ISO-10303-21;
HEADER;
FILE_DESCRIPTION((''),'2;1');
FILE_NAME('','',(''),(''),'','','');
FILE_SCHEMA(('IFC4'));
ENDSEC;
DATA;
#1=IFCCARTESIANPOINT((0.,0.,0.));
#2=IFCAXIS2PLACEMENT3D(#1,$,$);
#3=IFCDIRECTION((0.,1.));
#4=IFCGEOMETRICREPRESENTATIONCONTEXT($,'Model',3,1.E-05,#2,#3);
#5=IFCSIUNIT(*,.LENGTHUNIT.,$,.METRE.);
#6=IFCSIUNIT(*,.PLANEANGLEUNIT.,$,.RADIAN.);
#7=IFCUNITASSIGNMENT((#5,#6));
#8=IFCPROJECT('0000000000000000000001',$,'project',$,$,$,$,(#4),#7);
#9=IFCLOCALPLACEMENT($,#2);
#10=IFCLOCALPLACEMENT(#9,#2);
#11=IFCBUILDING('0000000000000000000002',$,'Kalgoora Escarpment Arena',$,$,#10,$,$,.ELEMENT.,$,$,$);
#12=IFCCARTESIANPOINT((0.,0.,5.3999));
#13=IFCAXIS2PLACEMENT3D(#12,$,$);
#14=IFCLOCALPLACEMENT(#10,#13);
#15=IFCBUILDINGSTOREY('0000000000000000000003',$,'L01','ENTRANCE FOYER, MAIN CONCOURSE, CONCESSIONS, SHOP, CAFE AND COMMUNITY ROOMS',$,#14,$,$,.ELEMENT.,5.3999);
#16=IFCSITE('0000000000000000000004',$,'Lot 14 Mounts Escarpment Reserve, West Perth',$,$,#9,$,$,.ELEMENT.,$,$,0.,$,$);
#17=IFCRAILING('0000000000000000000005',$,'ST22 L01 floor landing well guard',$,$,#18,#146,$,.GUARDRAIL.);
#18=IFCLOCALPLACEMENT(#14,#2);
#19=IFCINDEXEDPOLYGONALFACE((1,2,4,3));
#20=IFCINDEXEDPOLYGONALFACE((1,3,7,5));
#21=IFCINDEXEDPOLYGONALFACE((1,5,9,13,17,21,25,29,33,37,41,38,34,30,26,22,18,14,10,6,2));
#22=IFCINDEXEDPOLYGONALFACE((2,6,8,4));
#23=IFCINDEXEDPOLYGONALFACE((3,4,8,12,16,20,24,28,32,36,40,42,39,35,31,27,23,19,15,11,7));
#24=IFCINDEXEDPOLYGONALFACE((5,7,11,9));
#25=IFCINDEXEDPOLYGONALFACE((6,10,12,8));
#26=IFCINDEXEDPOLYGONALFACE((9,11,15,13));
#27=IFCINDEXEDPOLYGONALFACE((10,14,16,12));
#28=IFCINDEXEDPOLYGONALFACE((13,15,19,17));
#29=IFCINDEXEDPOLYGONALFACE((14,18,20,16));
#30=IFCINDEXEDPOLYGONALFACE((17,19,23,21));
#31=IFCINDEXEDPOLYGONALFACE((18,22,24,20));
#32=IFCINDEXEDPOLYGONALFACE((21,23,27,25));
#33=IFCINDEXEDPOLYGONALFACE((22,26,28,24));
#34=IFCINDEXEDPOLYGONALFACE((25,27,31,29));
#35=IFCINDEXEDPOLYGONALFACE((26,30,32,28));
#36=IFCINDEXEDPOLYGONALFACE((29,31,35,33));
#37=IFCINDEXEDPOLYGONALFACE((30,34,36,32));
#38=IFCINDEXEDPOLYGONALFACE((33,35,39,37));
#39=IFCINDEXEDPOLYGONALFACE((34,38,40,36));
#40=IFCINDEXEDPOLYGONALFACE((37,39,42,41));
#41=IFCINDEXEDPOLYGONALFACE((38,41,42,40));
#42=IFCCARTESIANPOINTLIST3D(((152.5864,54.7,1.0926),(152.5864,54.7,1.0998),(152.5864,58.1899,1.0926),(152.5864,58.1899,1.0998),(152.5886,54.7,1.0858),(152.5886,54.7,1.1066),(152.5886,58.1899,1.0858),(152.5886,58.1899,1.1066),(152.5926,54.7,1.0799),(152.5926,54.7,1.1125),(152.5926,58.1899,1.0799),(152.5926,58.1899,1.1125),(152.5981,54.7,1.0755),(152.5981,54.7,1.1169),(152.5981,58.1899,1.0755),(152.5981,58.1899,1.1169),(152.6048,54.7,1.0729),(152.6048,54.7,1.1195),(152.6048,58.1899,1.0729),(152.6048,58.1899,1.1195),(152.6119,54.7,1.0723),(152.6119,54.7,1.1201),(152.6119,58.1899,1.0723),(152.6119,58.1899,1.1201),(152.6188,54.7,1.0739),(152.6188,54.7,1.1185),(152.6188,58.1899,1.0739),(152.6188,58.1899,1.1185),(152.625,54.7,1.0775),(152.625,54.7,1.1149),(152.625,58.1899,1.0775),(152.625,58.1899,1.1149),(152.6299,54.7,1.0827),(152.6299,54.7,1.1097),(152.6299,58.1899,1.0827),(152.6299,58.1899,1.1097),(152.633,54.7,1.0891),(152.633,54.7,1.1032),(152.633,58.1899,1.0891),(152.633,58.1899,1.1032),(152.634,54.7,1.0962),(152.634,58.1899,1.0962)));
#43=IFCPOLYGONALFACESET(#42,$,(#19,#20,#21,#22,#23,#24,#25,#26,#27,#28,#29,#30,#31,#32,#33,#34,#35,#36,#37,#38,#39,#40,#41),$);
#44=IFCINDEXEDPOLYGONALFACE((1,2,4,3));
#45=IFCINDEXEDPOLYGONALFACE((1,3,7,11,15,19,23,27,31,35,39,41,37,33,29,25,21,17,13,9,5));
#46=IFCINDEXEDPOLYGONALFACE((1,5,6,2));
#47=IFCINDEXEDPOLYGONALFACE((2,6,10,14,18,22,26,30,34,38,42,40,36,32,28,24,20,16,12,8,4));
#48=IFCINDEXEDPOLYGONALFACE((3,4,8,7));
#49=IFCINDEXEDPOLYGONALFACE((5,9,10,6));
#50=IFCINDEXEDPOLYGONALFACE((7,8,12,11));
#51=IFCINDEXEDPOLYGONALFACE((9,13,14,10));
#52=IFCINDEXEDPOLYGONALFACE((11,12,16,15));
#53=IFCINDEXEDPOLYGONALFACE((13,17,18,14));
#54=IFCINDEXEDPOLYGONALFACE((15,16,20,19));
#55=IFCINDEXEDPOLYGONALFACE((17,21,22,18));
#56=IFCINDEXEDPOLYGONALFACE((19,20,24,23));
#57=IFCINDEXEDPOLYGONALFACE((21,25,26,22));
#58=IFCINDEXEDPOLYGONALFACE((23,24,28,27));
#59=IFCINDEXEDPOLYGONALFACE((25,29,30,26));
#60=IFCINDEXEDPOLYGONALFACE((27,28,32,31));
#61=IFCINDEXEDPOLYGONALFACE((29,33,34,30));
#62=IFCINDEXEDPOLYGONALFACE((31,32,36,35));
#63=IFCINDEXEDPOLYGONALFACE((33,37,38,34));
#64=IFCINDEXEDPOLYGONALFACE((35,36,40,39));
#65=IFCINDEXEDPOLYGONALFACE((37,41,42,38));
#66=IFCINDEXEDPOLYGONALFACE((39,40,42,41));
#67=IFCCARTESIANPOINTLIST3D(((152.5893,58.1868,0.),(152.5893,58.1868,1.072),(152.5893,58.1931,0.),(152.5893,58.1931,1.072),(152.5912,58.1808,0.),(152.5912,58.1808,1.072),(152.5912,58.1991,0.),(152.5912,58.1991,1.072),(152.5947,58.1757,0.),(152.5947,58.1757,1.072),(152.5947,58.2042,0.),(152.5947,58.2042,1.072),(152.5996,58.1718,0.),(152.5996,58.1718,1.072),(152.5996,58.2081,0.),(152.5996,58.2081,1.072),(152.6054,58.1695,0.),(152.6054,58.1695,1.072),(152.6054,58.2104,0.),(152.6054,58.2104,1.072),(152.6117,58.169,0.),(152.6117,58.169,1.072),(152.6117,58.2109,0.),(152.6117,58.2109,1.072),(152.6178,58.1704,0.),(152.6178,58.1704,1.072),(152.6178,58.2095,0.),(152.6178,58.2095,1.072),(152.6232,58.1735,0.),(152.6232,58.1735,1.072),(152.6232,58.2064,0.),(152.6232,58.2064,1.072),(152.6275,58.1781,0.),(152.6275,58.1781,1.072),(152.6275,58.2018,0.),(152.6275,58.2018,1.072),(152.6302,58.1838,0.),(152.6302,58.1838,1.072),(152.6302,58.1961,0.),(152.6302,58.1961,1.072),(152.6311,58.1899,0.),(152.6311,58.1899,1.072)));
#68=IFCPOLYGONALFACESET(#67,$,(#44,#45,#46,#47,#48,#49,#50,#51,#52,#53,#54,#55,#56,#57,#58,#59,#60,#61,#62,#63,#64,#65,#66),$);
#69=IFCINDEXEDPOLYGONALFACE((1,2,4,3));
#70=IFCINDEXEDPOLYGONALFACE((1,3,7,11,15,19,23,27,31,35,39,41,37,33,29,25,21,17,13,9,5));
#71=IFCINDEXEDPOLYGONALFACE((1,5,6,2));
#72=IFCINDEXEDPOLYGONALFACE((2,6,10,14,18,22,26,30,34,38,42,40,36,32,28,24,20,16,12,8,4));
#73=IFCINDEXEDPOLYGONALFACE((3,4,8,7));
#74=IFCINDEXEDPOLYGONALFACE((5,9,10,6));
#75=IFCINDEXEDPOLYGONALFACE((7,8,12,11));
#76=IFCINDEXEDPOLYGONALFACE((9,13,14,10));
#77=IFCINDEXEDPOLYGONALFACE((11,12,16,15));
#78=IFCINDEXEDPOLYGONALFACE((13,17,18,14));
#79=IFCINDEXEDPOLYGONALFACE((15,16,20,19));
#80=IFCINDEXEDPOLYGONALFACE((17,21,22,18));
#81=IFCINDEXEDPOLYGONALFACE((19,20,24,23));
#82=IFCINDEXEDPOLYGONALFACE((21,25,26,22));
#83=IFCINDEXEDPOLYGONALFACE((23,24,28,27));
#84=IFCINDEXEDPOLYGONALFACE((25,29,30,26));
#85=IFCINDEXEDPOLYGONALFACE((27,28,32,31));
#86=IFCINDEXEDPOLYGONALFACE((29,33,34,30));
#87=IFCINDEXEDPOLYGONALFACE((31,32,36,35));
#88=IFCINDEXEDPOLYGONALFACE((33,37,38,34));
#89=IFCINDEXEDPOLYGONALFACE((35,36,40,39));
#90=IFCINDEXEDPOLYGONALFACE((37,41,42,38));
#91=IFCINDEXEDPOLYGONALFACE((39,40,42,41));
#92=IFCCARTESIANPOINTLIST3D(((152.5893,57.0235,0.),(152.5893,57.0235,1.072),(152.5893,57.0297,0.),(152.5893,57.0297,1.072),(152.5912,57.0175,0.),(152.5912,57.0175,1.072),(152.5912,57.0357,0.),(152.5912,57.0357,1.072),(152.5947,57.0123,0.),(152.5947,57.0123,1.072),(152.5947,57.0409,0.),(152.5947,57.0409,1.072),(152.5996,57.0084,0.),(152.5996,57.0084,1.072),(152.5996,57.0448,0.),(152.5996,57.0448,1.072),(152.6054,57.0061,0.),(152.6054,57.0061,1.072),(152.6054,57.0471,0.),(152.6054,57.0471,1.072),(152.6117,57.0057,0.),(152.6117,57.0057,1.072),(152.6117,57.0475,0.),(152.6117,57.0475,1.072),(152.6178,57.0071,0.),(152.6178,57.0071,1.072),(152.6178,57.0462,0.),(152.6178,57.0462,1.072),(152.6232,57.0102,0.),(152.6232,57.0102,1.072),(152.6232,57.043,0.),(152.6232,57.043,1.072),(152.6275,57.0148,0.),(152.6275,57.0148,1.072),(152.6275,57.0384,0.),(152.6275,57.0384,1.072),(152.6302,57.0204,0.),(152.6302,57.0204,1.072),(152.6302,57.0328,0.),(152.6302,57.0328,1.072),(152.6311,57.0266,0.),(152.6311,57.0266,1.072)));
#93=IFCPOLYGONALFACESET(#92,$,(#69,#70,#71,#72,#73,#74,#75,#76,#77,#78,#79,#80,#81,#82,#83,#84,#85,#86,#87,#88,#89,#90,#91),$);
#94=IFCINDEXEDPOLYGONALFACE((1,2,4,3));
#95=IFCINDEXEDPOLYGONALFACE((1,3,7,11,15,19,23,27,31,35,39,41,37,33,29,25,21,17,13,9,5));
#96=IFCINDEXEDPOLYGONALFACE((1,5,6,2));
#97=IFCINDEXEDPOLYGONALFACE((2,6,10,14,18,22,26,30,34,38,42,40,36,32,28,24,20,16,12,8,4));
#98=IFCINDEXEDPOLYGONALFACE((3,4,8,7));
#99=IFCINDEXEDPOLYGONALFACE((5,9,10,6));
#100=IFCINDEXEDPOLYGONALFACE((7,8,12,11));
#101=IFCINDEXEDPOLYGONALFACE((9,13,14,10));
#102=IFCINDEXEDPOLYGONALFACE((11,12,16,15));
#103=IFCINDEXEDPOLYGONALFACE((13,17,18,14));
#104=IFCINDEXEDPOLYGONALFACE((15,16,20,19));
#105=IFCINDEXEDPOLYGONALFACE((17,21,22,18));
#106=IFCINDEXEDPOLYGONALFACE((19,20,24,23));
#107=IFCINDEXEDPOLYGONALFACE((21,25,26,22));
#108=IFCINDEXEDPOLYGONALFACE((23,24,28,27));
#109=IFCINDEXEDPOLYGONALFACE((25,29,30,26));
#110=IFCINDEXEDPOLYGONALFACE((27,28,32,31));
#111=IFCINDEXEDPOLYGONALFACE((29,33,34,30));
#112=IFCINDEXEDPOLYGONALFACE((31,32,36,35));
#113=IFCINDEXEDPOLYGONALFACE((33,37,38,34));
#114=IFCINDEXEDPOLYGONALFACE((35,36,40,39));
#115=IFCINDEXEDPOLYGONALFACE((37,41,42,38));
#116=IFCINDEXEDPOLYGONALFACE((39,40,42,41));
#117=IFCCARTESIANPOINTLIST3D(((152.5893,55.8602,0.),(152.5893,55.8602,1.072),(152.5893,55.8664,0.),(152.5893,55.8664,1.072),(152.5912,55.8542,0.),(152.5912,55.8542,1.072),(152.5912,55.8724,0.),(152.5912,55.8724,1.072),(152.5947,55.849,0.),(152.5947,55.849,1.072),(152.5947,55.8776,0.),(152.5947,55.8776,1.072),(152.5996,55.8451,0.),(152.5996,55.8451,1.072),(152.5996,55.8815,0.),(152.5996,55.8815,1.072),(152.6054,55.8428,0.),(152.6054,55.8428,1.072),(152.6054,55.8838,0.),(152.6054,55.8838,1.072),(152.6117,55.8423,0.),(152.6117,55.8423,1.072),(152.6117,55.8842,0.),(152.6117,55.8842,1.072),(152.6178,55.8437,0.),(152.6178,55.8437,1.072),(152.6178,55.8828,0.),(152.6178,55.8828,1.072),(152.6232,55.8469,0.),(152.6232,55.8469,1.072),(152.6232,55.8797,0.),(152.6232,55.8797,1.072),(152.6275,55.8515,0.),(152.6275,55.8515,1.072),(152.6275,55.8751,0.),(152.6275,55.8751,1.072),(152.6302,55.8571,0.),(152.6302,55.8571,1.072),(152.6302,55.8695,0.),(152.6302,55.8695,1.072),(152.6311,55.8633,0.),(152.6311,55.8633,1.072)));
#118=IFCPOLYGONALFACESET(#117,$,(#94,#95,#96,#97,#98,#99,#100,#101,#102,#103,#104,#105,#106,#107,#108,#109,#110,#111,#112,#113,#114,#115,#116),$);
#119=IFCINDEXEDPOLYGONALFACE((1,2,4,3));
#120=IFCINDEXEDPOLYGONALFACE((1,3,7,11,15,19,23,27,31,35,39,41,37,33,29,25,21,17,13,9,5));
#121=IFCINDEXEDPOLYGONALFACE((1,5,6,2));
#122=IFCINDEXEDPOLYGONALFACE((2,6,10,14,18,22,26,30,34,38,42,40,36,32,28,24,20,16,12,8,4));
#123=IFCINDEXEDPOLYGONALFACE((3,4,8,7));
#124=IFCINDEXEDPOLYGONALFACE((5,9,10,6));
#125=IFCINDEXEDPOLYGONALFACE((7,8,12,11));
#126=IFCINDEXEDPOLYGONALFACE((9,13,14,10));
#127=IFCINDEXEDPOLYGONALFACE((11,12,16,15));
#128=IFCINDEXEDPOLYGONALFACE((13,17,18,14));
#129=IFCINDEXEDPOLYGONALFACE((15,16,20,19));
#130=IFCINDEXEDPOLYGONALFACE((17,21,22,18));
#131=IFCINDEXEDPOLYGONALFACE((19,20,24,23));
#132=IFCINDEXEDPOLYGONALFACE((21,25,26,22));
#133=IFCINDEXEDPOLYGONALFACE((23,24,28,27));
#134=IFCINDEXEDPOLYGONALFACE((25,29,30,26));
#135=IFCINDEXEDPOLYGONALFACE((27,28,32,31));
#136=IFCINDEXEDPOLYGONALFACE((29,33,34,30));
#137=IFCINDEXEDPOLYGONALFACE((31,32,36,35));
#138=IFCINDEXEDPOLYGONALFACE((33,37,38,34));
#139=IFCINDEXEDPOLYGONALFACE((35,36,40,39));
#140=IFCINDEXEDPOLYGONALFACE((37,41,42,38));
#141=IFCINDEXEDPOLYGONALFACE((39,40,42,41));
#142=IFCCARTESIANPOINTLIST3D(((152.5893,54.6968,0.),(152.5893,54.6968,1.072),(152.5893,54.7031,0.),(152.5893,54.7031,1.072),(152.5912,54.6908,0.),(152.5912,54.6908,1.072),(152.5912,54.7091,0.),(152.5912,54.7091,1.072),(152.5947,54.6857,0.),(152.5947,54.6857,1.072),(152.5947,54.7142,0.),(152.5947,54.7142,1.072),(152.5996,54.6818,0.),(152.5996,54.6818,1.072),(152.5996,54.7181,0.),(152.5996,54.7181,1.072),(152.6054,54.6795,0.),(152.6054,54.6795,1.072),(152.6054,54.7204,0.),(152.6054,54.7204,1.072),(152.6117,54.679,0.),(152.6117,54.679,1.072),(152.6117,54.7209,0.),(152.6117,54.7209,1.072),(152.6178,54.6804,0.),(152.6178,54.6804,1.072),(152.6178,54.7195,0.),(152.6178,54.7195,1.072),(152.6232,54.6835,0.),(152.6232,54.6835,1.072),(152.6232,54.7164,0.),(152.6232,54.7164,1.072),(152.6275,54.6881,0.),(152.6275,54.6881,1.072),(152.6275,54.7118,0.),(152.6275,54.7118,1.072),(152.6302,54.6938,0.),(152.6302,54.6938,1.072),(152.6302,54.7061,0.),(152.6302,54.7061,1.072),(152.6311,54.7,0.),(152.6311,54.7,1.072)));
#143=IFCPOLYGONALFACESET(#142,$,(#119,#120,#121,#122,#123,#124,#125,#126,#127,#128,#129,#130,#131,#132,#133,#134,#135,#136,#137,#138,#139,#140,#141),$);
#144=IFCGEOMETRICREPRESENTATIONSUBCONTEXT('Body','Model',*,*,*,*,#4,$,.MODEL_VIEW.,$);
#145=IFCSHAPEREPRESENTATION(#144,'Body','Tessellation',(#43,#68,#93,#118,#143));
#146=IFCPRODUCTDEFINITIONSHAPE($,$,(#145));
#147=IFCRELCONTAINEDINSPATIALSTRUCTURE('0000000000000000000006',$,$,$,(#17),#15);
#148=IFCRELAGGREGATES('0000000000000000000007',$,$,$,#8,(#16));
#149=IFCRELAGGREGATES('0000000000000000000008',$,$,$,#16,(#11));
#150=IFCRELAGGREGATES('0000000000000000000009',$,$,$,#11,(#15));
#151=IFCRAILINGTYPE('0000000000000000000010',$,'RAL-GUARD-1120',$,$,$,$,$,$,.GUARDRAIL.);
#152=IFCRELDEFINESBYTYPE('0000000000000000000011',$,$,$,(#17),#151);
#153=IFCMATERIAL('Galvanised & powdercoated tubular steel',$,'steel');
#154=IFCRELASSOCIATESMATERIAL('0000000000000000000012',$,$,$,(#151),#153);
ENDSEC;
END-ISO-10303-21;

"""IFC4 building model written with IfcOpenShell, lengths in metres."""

from ifc_helpers import new_model, si_unit, direction, frame, origin, origin_2d, place, context, subcontext, project, spatial, circle, extrude, material, type_object, element, save


model = new_model("IFC4")

# Units and contexts
model_context = context("Model", 3, precision=1e-05, world=origin(), true_north=direction((0.0, 1.0)))
body_context = subcontext(model_context, "Body", "Model", "MODEL_VIEW")
ifc_project = project(units=[si_unit("LENGTHUNIT", "METRE"), si_unit("PLANEANGLEUNIT", "RADIAN")], contexts=[model_context])

# Site, building, storey
site_placement = place(None, origin())
site = spatial("IfcSite", under=ifc_project, at=site_placement, Name="Lot 14 Mounts Escarpment Reserve, West Perth", CompositionType="ELEMENT", RefElevation=0.0)
building_placement = place(site_placement, origin())
building = spatial("IfcBuilding", under=site, at=building_placement, Name="Kalgoora Escarpment Arena", CompositionType="ELEMENT")
storey_placement = place(building_placement, frame((0.0, 0.0, 5.3999)))
storey = spatial("IfcBuildingStorey", under=building, at=storey_placement, Name="L01", Description="ENTRANCE FOYER, MAIN CONCOURSE, CONCESSIONS, SHOP, CAFE AND COMMUNITY ROOMS", CompositionType="ELEMENT", Elevation=5.3999)

# Railing
ifc_material_1 = material(Name="Galvanised & powdercoated tubular steel", Category="steel")
railing_type_1 = type_object("IfcRailingType", Name="RAL-GUARD-1120", PredefinedType="GUARDRAIL", material=ifc_material_1)
railing_1_placement = place(storey_placement, frame((152.6101, 58.1899, 0.0)))
element("IfcRailing", 1, at=railing_1_placement, inside=storey, type_object=railing_type_1, Name="ST22 L01 floor landing well guard", PredefinedType="GUARDRAIL", context=body_context, shape_type="SweptSolid", body=[
    extrude(circle(Radius=0.0239, at=origin_2d()), frame((0.0, 0.0, 1.0962), z_axis=(0.0, -1.0, 0.0), x_axis=(1.0, 0.0, 0.0)), (0.0, 0.0, 1.0), 3.49),
    extrude(circle(Radius=0.021, at=origin_2d()), origin(), (0.0, 0.0, 1.0), 1.072),
    extrude(circle(Radius=0.021, at=origin_2d()), frame((0.0, -1.1633, 0.0)), (0.0, 0.0, 1.0), 1.072),
    extrude(circle(Radius=0.021, at=origin_2d()), frame((0.0, -2.3267, 0.0)), (0.0, 0.0, 1.0), 1.072),
    extrude(circle(Radius=0.021, at=origin_2d()), frame((0.0, -3.49, 0.0)), (0.0, 0.0, 1.0), 1.072),
])

save(model, "model.ifc")
